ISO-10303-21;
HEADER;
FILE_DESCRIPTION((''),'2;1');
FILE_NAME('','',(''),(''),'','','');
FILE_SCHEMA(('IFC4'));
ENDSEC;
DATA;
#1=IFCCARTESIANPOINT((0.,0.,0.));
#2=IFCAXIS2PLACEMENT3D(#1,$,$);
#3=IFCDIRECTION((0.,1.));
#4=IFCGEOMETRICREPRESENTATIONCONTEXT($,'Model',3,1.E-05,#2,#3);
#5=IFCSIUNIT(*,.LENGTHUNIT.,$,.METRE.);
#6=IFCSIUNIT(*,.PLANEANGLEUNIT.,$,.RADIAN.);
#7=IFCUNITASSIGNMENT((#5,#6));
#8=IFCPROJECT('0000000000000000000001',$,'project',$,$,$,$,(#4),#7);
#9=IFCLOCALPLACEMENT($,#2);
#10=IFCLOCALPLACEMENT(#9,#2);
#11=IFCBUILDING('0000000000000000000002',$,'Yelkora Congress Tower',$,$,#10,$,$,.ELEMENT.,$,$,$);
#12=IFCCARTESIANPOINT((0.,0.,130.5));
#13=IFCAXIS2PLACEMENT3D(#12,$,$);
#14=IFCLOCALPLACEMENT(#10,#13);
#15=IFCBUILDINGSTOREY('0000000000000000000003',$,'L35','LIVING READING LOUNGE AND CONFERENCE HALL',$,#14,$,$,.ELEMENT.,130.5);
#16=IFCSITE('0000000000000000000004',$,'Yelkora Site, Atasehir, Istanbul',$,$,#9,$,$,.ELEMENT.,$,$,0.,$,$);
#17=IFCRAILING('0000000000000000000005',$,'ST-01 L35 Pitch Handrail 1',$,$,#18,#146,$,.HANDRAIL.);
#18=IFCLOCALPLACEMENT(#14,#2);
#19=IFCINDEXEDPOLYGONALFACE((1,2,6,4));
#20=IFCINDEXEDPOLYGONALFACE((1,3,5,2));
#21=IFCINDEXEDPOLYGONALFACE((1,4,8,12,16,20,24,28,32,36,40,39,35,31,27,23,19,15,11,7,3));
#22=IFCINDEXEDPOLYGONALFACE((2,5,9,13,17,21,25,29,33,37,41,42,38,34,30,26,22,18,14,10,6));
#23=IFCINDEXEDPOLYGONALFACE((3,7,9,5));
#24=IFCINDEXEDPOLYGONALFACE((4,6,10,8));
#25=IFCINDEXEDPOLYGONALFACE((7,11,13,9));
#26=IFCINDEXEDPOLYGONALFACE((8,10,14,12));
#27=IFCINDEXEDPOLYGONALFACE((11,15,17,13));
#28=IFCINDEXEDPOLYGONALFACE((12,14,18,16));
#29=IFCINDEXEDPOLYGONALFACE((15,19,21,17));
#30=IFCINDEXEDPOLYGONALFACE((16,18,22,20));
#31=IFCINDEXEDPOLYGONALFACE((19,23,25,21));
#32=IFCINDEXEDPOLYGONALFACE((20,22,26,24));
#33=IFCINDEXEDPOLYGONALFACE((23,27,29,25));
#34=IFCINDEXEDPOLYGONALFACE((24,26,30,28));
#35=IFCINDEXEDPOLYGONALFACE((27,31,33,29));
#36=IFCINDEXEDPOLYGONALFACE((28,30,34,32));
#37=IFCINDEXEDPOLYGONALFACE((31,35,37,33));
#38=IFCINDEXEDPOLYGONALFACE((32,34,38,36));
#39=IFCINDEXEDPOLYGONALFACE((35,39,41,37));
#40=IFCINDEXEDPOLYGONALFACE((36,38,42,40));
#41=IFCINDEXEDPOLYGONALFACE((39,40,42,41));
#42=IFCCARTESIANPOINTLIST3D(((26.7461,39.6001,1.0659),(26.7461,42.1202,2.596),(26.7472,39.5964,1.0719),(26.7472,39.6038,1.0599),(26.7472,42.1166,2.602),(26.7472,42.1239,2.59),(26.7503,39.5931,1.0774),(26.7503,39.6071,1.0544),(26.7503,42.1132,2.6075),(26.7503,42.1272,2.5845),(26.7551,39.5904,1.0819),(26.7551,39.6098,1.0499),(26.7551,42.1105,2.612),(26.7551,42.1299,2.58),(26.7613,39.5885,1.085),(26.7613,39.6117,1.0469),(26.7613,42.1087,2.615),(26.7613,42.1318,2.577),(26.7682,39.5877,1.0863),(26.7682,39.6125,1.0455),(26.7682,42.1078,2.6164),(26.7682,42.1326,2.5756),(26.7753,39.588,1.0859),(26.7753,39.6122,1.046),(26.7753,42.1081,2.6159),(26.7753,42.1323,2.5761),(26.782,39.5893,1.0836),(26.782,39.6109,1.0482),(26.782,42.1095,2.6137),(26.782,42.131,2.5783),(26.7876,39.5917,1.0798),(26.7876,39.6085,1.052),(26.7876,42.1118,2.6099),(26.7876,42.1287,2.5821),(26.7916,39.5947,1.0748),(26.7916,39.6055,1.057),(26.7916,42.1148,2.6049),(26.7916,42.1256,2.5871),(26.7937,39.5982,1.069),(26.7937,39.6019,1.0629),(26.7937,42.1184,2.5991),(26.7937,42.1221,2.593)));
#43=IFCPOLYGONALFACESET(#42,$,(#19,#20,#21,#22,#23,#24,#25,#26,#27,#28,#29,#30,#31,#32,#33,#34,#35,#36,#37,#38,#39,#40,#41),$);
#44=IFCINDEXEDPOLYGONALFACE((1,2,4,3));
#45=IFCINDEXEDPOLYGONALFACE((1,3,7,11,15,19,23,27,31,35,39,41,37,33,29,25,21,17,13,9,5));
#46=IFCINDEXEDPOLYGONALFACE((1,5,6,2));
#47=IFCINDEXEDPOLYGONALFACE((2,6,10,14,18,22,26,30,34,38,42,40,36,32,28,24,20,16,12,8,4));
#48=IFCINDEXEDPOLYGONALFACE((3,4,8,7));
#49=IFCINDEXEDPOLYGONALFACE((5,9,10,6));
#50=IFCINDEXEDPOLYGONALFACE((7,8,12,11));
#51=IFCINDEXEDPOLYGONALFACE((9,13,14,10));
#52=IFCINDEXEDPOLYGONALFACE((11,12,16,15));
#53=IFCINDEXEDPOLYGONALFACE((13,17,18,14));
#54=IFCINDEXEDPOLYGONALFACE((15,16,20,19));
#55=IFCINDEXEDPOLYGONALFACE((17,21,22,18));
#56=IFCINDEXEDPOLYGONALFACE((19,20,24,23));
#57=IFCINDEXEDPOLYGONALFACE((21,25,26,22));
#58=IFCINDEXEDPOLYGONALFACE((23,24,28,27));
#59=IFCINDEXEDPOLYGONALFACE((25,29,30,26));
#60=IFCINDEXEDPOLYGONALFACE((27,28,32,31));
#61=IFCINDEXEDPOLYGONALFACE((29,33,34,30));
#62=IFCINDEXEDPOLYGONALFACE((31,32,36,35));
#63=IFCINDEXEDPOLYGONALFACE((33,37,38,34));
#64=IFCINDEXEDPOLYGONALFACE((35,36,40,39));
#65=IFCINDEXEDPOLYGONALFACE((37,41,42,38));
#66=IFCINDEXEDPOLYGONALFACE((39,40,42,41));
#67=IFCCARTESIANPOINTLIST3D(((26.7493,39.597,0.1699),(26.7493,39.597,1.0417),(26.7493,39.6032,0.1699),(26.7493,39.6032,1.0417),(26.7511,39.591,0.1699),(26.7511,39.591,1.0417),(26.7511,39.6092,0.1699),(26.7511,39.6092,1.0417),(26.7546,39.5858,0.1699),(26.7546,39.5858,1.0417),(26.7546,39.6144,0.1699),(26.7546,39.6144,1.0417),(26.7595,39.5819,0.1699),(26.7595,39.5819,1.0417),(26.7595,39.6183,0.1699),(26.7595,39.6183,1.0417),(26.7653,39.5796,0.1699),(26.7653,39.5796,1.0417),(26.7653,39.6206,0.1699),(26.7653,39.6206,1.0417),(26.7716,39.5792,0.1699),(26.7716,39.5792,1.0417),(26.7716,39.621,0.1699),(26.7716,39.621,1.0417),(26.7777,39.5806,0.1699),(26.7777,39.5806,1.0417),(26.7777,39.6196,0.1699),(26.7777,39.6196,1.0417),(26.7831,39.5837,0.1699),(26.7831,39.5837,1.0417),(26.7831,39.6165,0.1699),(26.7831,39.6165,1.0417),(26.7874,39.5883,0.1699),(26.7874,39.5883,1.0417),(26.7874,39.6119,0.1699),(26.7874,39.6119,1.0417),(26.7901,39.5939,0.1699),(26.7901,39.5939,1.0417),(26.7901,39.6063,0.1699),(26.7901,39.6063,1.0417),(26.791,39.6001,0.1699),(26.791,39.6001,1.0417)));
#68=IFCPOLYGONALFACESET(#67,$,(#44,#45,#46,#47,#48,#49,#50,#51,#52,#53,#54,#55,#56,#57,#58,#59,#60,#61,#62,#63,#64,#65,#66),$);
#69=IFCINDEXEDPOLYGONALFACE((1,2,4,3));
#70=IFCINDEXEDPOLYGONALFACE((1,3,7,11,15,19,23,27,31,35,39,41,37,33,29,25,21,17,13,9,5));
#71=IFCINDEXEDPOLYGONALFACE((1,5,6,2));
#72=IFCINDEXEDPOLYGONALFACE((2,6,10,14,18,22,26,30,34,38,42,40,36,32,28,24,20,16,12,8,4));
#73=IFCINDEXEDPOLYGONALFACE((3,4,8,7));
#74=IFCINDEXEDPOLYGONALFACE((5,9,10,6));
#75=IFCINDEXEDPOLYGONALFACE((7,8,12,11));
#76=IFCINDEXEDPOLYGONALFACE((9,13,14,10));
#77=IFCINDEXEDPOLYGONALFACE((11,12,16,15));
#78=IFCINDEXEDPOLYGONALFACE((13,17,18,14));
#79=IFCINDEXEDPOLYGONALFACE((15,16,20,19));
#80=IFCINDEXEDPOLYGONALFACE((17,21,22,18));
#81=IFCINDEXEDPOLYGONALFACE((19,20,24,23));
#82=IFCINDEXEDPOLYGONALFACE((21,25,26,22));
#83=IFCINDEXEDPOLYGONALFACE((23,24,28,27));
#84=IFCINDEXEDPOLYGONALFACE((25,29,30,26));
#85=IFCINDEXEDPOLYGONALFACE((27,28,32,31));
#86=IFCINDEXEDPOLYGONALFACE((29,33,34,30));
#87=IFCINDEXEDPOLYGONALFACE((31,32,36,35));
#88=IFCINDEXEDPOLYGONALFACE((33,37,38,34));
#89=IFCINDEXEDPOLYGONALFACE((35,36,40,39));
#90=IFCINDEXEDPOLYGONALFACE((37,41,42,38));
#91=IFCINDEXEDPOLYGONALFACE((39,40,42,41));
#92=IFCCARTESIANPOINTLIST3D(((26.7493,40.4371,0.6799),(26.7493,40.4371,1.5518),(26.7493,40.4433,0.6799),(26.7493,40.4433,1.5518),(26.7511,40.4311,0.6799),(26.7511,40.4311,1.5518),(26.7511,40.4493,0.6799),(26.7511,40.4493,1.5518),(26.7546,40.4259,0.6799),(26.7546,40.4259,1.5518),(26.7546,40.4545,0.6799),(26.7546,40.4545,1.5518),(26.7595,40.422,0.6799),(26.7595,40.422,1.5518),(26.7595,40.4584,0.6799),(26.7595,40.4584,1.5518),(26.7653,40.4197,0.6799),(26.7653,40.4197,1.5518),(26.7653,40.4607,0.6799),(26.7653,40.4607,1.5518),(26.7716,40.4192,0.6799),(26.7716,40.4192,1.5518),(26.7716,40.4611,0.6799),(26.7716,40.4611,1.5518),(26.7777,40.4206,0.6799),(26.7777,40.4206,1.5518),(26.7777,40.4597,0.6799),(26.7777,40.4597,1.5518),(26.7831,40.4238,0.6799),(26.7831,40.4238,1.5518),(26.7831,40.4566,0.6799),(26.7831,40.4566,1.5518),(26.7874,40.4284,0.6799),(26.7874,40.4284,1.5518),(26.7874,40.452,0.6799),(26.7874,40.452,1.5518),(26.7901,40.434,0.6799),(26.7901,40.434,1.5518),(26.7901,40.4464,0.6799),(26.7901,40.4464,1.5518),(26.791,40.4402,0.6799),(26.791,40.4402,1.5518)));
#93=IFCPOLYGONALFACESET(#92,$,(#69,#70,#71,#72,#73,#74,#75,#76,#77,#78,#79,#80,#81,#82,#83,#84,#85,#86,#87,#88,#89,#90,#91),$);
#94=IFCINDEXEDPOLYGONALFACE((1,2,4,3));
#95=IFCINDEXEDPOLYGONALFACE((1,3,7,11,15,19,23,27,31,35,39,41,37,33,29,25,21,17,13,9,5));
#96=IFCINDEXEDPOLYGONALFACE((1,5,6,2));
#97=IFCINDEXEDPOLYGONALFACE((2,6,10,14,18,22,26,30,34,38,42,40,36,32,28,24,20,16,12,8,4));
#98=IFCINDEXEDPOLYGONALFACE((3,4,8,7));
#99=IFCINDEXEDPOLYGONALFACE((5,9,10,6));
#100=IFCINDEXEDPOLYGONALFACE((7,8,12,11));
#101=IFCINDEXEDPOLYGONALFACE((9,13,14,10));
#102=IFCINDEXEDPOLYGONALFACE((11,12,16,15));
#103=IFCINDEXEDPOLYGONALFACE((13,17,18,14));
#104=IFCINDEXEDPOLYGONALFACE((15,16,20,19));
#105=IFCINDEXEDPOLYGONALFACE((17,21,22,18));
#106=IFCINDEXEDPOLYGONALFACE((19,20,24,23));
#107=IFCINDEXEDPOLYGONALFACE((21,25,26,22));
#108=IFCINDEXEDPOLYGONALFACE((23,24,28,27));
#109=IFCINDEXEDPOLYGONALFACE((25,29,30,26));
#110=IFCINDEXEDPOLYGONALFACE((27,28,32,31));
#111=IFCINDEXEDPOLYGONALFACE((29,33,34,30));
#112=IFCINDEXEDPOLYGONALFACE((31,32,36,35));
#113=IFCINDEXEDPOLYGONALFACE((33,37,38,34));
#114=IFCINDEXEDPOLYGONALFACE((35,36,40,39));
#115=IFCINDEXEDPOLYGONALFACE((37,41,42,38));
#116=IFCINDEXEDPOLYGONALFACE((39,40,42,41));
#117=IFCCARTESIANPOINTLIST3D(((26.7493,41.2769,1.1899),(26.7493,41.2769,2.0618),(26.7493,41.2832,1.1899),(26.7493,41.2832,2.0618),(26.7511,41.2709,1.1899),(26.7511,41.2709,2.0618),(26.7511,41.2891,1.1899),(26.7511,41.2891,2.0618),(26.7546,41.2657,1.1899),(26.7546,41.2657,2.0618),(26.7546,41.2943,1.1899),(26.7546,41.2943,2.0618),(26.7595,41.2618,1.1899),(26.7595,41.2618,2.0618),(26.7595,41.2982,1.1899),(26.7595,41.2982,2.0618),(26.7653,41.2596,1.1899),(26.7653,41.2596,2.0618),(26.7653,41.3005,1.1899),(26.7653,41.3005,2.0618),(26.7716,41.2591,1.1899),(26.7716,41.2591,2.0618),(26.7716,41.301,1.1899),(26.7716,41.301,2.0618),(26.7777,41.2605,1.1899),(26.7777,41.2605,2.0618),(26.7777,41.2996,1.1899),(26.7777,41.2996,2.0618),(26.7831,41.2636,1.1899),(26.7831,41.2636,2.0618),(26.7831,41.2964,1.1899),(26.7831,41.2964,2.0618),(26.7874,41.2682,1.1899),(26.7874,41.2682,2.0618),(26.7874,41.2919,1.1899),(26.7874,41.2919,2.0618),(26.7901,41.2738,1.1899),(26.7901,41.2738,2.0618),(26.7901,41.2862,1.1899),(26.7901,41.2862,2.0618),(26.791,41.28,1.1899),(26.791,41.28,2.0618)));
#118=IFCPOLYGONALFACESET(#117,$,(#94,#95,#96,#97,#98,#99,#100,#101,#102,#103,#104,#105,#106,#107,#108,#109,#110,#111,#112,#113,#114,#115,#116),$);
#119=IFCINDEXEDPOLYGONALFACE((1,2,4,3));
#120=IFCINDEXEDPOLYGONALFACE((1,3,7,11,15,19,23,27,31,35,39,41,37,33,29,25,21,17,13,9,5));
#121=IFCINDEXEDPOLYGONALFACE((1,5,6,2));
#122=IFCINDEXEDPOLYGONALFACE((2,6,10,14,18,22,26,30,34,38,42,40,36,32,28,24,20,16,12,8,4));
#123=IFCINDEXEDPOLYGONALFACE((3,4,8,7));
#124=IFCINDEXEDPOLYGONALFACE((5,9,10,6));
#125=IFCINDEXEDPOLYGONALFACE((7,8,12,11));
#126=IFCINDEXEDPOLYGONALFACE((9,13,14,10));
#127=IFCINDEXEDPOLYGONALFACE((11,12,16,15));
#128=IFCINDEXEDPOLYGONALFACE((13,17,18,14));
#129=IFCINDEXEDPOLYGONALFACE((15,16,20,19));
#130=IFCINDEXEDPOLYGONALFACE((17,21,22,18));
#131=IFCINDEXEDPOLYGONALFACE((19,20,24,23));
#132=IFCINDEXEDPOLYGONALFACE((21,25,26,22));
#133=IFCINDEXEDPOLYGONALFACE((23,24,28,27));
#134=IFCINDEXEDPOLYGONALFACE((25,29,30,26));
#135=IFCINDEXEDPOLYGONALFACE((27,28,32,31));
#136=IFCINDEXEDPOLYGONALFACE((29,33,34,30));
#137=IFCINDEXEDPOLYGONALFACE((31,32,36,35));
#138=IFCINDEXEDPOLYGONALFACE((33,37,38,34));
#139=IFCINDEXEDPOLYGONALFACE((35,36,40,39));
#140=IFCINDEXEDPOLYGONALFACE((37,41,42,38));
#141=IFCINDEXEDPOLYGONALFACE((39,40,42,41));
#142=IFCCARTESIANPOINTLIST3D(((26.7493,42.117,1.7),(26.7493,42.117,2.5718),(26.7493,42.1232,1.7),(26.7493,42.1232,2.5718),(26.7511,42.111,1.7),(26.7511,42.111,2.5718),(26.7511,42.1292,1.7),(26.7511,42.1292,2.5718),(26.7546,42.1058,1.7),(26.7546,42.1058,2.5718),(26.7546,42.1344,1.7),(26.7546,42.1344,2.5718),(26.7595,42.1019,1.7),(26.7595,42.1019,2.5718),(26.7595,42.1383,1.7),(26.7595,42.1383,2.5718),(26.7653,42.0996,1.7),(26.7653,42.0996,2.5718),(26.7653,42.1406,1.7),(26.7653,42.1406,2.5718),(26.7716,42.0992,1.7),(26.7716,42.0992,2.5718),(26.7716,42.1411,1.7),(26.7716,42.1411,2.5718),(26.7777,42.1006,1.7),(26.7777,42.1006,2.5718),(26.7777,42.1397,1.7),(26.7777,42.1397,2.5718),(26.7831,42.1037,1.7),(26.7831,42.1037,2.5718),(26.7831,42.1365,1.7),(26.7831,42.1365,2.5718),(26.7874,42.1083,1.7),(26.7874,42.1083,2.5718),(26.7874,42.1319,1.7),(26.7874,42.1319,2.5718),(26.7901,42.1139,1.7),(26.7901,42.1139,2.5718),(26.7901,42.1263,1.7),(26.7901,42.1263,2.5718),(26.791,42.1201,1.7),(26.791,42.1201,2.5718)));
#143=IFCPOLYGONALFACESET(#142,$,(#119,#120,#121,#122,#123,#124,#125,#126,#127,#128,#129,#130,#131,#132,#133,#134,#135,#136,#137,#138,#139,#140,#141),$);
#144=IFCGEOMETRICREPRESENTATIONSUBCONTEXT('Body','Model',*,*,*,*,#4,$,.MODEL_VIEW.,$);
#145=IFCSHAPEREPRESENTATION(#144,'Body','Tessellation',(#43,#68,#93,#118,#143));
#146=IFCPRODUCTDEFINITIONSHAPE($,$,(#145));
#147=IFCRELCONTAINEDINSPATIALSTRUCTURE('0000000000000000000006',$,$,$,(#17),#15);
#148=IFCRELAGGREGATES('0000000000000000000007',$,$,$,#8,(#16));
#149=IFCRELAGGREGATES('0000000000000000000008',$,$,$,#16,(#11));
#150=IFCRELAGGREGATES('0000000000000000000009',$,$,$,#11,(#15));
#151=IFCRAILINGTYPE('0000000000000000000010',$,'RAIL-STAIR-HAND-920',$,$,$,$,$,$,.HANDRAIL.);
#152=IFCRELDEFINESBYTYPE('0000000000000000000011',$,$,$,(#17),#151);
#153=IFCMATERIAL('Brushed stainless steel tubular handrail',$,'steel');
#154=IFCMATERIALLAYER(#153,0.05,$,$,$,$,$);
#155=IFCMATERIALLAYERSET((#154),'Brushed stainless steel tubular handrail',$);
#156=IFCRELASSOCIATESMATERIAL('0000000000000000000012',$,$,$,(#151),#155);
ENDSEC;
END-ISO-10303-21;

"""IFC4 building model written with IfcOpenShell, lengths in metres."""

from ifc_helpers import new_model, si_unit, direction, frame, origin, origin_2d, place, context, subcontext, project, spatial, circle, extrude, material, layer, layer_set, type_object, element, save


model = new_model("IFC4")

# Units and contexts
model_context = context("Model", 3, precision=1e-05, world=origin(), true_north=direction((0.0, 1.0)))
body_context = subcontext(model_context, "Body", "Model", "MODEL_VIEW")
ifc_project = project(units=[si_unit("LENGTHUNIT", "METRE"), si_unit("PLANEANGLEUNIT", "RADIAN")], contexts=[model_context])

# Site, building, storey
site_placement = place(None, origin())
site = spatial("IfcSite", under=ifc_project, at=site_placement, Name="Yelkora Site, Atasehir, Istanbul", CompositionType="ELEMENT", RefElevation=0.0)
building_placement = place(site_placement, origin())
building = spatial("IfcBuilding", under=site, at=building_placement, Name="Yelkora Congress Tower", CompositionType="ELEMENT")
storey_placement = place(building_placement, frame((0.0, 0.0, 130.5)))
storey = spatial("IfcBuildingStorey", under=building, at=storey_placement, Name="L35", Description="LIVING READING LOUNGE AND CONFERENCE HALL", CompositionType="ELEMENT", Elevation=130.5)

# Railing
ifc_material_1 = material(Name="Brushed stainless steel tubular handrail", Category="steel")
ifc_layer_1 = layer(ifc_material_1, 0.05)
ifc_layer_set_1 = layer_set([ifc_layer_1], Name="Brushed stainless steel tubular handrail")
railing_type_1 = type_object("IfcRailingType", Name="RAIL-STAIR-HAND-920", PredefinedType="HANDRAIL", material=ifc_layer_set_1)
railing_1_placement = place(storey_placement, frame((26.77, 39.6001, 0.1699)))
element("IfcRailing", 1, at=railing_1_placement, inside=storey, type_object=railing_type_1, Name="ST-01 L35 Pitch Handrail 1", PredefinedType="HANDRAIL", context=body_context, shape_type="SweptSolid", body=[
    extrude(circle(Radius=0.0239, at=origin_2d()), frame((0.0, 0.0, 0.896), z_axis=(0.0, 0.854785, 0.518982), x_axis=(-1.0, 0.0, 0.0)), (0.0, 0.0, 1.0), 2.9482),
    extrude(circle(Radius=0.021, at=origin_2d()), origin(), (0.0, 0.0, 1.0), 0.8718),
    extrude(circle(Radius=0.021, at=origin_2d()), frame((0.0, 0.8401, 0.51)), (0.0, 0.0, 1.0), 0.8718),
    extrude(circle(Radius=0.021, at=origin_2d()), frame((0.0, 1.6799, 1.02)), (0.0, 0.0, 1.0), 0.8718),
    extrude(circle(Radius=0.021, at=origin_2d()), frame((0.0, 2.52, 1.53)), (0.0, 0.0, 1.0), 0.8718),
])

save(model, "model.ifc")
